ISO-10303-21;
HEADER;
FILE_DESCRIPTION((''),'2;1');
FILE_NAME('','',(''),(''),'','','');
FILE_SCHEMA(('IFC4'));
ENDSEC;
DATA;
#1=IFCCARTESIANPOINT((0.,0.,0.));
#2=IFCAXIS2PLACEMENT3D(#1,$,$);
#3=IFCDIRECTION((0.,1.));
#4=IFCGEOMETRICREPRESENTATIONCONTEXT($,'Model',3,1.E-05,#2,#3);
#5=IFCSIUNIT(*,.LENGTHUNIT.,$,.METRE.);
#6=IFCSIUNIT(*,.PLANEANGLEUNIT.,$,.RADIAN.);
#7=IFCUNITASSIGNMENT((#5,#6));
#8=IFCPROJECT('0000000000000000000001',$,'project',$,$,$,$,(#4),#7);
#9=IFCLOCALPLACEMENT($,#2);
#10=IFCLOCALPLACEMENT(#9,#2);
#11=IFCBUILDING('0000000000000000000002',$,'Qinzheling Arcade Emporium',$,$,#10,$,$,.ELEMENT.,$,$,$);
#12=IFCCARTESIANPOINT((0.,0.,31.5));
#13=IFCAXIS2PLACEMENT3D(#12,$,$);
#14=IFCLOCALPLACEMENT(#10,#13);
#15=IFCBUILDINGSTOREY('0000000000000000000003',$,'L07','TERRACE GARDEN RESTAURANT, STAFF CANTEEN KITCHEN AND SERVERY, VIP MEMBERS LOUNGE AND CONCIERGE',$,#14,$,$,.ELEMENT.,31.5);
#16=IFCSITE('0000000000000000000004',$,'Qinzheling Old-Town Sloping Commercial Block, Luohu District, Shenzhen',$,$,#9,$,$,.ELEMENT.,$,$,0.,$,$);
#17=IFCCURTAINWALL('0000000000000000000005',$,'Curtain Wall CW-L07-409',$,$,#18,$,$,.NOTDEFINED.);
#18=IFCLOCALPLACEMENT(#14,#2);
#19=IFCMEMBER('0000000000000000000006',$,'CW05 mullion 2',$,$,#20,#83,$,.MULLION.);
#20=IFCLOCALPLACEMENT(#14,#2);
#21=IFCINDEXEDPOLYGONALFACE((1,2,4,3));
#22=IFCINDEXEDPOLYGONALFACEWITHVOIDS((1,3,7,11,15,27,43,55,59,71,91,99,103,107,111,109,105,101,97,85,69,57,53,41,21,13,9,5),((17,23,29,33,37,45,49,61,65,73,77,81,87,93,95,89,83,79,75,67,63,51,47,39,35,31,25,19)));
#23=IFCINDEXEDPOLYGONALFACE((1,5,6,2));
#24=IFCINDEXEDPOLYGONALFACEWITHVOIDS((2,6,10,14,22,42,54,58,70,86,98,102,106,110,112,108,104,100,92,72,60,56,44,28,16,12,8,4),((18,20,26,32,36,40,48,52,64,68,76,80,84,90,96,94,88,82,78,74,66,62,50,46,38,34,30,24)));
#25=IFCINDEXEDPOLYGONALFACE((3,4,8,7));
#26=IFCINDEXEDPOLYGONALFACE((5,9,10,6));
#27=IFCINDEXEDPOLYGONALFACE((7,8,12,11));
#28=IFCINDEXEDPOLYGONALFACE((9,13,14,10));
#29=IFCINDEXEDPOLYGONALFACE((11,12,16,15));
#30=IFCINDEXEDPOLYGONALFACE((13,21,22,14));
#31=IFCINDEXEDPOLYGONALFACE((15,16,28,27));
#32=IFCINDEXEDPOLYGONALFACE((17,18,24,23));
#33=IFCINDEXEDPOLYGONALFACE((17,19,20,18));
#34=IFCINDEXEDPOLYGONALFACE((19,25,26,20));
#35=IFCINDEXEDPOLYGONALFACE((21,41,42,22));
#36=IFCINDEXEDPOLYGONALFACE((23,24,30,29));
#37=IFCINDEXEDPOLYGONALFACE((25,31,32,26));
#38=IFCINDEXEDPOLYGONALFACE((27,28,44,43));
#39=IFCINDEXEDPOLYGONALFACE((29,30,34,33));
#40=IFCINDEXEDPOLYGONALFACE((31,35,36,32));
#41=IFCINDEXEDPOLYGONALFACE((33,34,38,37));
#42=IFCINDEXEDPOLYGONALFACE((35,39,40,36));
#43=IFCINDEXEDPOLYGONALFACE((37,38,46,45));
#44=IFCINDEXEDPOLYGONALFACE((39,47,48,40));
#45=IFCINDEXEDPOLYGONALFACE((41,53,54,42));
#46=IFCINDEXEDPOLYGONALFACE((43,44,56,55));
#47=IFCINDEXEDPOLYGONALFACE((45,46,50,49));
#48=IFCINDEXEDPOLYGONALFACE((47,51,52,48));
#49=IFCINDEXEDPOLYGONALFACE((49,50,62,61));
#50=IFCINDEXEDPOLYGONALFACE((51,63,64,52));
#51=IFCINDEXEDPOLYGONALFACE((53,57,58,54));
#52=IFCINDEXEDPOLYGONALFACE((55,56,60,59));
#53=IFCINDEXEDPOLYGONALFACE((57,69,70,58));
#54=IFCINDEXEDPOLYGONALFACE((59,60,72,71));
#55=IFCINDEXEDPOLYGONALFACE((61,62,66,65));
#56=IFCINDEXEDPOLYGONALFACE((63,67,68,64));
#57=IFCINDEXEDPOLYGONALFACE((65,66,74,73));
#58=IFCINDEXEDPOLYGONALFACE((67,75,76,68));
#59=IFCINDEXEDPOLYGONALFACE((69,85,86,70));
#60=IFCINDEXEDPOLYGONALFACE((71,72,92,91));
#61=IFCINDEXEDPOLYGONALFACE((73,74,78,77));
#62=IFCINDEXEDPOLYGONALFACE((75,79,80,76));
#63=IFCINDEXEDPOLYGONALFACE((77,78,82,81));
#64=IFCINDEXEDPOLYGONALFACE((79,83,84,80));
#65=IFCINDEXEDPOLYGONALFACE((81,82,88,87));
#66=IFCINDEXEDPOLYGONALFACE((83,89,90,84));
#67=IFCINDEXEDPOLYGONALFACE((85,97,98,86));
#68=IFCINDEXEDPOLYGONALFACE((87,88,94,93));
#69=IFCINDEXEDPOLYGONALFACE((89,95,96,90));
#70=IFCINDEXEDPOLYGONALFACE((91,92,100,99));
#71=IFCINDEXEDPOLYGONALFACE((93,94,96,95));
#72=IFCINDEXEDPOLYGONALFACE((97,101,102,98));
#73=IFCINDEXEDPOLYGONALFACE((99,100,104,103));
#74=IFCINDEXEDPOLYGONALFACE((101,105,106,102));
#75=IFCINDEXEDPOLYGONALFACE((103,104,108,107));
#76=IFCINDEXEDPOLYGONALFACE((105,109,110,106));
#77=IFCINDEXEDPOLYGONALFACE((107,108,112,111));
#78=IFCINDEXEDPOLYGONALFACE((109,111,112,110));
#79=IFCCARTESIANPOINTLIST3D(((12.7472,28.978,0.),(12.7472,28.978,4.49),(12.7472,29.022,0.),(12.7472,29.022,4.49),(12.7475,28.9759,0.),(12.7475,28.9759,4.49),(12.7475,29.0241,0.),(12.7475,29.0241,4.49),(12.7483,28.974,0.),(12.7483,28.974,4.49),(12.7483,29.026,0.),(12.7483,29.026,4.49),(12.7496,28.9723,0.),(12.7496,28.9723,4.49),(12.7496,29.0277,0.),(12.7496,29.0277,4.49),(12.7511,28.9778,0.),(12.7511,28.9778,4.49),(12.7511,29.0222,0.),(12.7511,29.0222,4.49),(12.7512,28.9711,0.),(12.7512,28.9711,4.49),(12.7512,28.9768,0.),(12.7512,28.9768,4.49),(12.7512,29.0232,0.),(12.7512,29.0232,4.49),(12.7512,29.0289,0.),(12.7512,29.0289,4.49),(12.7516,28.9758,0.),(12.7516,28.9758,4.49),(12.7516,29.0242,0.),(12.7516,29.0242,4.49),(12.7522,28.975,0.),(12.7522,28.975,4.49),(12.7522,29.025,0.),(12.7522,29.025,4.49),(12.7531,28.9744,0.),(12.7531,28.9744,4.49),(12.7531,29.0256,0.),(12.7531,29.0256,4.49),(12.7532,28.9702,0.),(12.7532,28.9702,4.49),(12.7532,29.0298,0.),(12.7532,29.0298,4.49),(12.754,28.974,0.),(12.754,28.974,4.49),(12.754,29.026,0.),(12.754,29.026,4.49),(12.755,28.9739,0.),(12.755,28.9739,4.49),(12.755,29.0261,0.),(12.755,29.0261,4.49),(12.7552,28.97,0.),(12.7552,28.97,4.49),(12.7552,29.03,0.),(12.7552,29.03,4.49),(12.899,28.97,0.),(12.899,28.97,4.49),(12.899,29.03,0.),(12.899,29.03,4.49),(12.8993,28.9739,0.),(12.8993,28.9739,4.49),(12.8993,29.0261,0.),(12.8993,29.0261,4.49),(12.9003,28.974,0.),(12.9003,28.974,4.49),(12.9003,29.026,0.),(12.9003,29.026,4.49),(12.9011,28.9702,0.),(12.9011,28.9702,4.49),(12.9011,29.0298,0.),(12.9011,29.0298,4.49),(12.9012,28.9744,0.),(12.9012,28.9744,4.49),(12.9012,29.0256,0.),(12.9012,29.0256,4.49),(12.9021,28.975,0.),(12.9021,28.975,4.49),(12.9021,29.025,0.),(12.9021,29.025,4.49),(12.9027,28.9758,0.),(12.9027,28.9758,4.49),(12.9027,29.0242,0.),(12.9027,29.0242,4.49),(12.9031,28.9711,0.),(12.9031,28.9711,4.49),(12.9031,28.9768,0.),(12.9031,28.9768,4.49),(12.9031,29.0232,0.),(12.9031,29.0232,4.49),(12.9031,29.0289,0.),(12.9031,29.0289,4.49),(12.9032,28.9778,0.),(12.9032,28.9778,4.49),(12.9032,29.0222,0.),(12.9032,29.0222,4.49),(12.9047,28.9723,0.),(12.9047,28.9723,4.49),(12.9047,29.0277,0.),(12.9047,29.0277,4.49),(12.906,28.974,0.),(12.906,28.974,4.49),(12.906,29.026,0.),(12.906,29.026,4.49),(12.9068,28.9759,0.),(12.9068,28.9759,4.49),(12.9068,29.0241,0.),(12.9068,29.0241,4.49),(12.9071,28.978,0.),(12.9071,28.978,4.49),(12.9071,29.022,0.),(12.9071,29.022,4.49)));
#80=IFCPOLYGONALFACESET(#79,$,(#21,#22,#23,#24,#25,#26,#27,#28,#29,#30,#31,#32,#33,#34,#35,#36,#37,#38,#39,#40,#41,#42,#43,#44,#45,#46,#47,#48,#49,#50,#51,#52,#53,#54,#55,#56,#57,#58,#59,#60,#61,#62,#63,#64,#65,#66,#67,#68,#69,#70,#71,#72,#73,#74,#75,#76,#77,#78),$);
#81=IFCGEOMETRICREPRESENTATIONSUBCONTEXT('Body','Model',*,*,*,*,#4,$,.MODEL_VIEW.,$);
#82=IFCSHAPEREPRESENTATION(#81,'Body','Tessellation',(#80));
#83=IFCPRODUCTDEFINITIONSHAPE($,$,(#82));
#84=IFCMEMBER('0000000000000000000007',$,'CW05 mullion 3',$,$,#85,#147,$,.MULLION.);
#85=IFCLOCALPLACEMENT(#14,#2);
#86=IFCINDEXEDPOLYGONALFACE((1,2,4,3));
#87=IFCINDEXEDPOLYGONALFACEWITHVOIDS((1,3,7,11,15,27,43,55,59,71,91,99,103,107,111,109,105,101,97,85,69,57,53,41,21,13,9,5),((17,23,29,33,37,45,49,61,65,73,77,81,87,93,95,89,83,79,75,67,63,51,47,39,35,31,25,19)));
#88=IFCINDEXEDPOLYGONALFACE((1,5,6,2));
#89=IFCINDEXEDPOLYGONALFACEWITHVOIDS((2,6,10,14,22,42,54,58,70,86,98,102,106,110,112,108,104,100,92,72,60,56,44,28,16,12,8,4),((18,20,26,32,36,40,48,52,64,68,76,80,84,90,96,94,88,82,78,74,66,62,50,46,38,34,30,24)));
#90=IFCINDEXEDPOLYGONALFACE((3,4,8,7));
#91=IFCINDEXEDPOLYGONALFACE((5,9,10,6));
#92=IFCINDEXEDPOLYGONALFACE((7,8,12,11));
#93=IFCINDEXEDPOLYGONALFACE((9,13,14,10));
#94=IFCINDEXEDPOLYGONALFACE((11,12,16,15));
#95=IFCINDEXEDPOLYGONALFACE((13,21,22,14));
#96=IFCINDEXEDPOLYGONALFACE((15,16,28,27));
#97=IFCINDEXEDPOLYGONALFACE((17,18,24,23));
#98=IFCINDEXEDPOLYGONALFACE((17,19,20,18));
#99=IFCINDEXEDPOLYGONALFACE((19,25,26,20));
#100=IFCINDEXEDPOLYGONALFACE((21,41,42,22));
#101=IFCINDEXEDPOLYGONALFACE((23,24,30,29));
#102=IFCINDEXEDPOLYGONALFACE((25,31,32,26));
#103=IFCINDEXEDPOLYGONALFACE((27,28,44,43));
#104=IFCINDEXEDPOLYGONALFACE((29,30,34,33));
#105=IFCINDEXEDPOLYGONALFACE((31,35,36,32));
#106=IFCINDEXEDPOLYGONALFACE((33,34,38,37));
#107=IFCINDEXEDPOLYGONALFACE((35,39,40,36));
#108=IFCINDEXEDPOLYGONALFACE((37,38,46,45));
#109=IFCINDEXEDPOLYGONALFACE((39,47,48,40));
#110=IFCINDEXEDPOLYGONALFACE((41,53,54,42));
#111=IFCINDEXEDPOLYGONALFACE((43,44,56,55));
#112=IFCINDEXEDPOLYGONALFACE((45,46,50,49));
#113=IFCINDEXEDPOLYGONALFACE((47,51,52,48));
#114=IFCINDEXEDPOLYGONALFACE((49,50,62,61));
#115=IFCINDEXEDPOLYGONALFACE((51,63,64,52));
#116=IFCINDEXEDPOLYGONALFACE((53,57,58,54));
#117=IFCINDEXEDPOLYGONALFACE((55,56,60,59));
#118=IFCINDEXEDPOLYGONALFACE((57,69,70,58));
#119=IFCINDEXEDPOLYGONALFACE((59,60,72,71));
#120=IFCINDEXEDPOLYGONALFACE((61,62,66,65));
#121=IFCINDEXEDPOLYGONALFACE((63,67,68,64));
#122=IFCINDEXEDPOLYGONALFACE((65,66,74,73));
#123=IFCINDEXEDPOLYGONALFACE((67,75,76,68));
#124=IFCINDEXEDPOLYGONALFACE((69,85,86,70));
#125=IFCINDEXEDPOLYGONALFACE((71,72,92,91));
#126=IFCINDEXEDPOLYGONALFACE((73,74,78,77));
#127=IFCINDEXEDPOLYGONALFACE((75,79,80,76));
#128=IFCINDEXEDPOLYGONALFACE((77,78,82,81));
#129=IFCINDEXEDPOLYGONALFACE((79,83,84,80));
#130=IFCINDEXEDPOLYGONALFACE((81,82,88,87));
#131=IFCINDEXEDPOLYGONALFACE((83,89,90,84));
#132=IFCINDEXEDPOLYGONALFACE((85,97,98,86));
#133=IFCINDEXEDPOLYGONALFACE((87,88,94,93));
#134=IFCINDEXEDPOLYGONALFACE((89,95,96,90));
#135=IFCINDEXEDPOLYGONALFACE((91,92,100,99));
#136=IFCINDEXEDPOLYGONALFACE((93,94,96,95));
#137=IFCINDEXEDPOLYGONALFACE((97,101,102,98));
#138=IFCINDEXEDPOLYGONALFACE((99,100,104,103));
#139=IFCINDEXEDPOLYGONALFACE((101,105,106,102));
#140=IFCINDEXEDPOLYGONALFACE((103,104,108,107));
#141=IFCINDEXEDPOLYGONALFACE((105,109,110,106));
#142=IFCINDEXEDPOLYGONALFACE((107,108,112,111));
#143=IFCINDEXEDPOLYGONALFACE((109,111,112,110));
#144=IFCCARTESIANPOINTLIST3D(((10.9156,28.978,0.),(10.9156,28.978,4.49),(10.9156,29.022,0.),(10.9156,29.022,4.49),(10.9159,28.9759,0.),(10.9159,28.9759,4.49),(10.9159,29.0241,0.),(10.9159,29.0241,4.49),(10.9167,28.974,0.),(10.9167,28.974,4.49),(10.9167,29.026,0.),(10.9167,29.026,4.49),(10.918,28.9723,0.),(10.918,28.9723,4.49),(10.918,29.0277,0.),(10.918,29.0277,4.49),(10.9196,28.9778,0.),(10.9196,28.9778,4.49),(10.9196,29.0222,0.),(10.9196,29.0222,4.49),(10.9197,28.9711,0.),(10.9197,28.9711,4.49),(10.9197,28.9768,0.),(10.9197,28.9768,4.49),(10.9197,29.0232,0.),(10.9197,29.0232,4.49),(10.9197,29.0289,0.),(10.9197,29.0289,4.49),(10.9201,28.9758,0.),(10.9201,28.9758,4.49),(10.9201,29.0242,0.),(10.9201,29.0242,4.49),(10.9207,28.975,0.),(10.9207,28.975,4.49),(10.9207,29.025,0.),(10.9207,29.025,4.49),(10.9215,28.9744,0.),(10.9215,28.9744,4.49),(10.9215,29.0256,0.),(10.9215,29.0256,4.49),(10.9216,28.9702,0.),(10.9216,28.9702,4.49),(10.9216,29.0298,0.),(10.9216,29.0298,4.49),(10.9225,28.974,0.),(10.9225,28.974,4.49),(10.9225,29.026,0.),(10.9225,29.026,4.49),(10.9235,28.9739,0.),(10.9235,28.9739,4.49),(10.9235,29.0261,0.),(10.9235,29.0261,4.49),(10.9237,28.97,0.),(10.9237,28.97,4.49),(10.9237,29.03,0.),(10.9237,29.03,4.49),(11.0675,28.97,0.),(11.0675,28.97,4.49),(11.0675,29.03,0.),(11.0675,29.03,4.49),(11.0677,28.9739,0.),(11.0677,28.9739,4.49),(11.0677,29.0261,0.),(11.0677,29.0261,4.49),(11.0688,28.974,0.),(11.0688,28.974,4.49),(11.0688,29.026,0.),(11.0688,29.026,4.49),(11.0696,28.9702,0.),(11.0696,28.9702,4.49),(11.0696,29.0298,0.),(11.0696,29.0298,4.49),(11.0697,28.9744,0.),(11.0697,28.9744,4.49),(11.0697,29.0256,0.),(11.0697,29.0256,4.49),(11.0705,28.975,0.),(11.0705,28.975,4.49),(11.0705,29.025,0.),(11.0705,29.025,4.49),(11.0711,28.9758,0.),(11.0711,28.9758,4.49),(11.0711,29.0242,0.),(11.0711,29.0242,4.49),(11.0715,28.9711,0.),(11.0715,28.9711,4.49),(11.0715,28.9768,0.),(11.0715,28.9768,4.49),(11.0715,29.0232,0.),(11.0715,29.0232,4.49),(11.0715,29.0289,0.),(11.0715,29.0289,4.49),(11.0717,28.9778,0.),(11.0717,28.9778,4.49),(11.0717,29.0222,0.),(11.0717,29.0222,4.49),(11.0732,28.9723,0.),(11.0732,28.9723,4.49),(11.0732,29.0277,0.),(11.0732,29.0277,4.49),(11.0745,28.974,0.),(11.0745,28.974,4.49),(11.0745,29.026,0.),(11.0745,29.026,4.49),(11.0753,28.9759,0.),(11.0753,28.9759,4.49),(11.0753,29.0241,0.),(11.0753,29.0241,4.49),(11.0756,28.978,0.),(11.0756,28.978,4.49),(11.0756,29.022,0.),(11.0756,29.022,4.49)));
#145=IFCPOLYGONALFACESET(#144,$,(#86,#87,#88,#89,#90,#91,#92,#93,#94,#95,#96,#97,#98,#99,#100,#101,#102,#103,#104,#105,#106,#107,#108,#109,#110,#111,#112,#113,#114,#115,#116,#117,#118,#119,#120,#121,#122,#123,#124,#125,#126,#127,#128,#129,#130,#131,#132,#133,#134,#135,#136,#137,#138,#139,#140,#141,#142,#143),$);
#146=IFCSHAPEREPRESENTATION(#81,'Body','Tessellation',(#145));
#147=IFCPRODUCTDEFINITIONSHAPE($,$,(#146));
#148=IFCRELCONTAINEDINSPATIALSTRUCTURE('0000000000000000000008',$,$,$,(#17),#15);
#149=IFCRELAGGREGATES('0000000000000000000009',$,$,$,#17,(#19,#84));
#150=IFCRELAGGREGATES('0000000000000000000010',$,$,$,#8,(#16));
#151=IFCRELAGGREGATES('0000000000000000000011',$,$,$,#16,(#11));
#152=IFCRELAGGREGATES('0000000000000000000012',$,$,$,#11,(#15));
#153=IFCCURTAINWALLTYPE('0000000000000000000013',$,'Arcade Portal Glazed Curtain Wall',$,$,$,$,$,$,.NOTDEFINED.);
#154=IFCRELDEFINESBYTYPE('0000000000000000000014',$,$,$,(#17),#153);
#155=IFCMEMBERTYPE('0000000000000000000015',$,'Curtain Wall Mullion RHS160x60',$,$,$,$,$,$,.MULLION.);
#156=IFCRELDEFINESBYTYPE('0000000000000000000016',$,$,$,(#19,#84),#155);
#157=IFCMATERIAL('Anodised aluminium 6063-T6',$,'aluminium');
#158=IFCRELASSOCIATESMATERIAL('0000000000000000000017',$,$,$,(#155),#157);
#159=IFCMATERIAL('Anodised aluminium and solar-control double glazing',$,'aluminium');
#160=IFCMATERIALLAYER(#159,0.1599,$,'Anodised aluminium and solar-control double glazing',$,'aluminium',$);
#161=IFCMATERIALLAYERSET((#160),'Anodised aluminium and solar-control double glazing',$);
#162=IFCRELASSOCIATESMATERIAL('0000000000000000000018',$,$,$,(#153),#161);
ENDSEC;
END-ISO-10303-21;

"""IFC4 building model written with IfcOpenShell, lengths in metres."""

from ifc_helpers import new_model, si_unit, direction, frame, origin, origin_2d, place, context, subcontext, project, spatial, hollow_rectangle, extrude, material, layer, layer_set, material_profile, profile_set, type_object, element, aggregate, save


model = new_model("IFC4")

# Units and contexts
model_context = context("Model", 3, precision=1e-05, world=origin(), true_north=direction((0.0, 1.0)))
body_context = subcontext(model_context, "Body", "Model", "MODEL_VIEW")
ifc_project = project(units=[si_unit("LENGTHUNIT", "METRE"), si_unit("PLANEANGLEUNIT", "RADIAN")], contexts=[model_context])

# Site, building, storey
site_placement = place(None, origin())
site = spatial("IfcSite", under=ifc_project, at=site_placement, Name="Qinzheling Old-Town Sloping Commercial Block, Luohu District, Shenzhen", CompositionType="ELEMENT", RefElevation=0.0)
building_placement = place(site_placement, origin())
building = spatial("IfcBuilding", under=site, at=building_placement, Name="Qinzheling Arcade Emporium", CompositionType="ELEMENT")
storey_placement = place(building_placement, frame((0.0, 0.0, 31.5)))
storey = spatial("IfcBuildingStorey", under=building, at=storey_placement, Name="L07", Description="TERRACE GARDEN RESTAURANT, STAFF CANTEEN KITCHEN AND SERVERY, VIP MEMBERS LOUNGE AND CONCIERGE", CompositionType="ELEMENT", Elevation=31.5)

# Shared definitions
ifc_material_1 = material(Name="Anodised aluminium and solar-control double glazing", Category="aluminium")
ifc_material_2 = material(Name="Anodised aluminium 6063-T6", Category="aluminium")
ifc_material_profile_1 = material_profile(ifc_material_2, hollow_rectangle(XDim=0.0601, YDim=0.1599, WallThickness=0.0039, InnerFilletRadius=0.0039, OuterFilletRadius=0.0081, at=origin_2d()), Name="RHS 160x60x4", Category="aluminium")
ifc_profile_set_1 = profile_set([ifc_material_profile_1], Name="Anodised aluminium 6063-T6")
member_type_1 = type_object("IfcMemberType", Name="Curtain Wall Mullion RHS160x60", PredefinedType="MULLION", material=ifc_profile_set_1)

# Curtain wall, members
ifc_layer_1 = layer(ifc_material_1, 0.1599, Name="Anodised aluminium and solar-control double glazing", Category="aluminium")
ifc_layer_set_1 = layer_set([ifc_layer_1], Name="Anodised aluminium and solar-control double glazing")
curtain_wall_type_1 = type_object("IfcCurtainWallType", Name="Arcade Portal Glazed Curtain Wall", PredefinedType="NOTDEFINED", material=ifc_layer_set_1)
curtain_wall_1_placement = place(storey_placement, origin())
curtain_wall_1 = element("IfcCurtainWall", 1, at=curtain_wall_1_placement, inside=storey, type_object=curtain_wall_type_1, Name="Curtain Wall CW-L07-409", PredefinedType="NOTDEFINED")
member_1_placement = place(storey_placement, frame((12.8271, 29.0, 0.0), z_axis=(0.0, 0.0, 1.0), x_axis=(0.0, -1.0, 0.0)))
member_1 = element("IfcMember", 2, at=member_1_placement, type_object=member_type_1, Name="CW05 mullion 2", PredefinedType="MULLION", context=body_context, shape_type="SweptSolid", body=[
    extrude(hollow_rectangle(XDim=0.0601, YDim=0.1599, WallThickness=0.0039, InnerFilletRadius=0.0039, OuterFilletRadius=0.0081, at=origin_2d()), origin(), (0.0, 0.0, 1.0), 4.49),
])
member_2_placement = place(storey_placement, frame((10.9956, 29.0, 0.0), z_axis=(0.0, 0.0, 1.0), x_axis=(0.0, -1.0, 0.0)))
member_2 = element("IfcMember", 3, at=member_2_placement, type_object=member_type_1, Name="CW05 mullion 3", PredefinedType="MULLION", context=body_context, shape_type="SweptSolid", body=[
    extrude(hollow_rectangle(XDim=0.0601, YDim=0.1599, WallThickness=0.0039, InnerFilletRadius=0.0039, OuterFilletRadius=0.0081, at=origin_2d()), origin(), (0.0, 0.0, 1.0), 4.49),
])

aggregate(curtain_wall_1, [member_1, member_2])

save(model, "model.ifc")
